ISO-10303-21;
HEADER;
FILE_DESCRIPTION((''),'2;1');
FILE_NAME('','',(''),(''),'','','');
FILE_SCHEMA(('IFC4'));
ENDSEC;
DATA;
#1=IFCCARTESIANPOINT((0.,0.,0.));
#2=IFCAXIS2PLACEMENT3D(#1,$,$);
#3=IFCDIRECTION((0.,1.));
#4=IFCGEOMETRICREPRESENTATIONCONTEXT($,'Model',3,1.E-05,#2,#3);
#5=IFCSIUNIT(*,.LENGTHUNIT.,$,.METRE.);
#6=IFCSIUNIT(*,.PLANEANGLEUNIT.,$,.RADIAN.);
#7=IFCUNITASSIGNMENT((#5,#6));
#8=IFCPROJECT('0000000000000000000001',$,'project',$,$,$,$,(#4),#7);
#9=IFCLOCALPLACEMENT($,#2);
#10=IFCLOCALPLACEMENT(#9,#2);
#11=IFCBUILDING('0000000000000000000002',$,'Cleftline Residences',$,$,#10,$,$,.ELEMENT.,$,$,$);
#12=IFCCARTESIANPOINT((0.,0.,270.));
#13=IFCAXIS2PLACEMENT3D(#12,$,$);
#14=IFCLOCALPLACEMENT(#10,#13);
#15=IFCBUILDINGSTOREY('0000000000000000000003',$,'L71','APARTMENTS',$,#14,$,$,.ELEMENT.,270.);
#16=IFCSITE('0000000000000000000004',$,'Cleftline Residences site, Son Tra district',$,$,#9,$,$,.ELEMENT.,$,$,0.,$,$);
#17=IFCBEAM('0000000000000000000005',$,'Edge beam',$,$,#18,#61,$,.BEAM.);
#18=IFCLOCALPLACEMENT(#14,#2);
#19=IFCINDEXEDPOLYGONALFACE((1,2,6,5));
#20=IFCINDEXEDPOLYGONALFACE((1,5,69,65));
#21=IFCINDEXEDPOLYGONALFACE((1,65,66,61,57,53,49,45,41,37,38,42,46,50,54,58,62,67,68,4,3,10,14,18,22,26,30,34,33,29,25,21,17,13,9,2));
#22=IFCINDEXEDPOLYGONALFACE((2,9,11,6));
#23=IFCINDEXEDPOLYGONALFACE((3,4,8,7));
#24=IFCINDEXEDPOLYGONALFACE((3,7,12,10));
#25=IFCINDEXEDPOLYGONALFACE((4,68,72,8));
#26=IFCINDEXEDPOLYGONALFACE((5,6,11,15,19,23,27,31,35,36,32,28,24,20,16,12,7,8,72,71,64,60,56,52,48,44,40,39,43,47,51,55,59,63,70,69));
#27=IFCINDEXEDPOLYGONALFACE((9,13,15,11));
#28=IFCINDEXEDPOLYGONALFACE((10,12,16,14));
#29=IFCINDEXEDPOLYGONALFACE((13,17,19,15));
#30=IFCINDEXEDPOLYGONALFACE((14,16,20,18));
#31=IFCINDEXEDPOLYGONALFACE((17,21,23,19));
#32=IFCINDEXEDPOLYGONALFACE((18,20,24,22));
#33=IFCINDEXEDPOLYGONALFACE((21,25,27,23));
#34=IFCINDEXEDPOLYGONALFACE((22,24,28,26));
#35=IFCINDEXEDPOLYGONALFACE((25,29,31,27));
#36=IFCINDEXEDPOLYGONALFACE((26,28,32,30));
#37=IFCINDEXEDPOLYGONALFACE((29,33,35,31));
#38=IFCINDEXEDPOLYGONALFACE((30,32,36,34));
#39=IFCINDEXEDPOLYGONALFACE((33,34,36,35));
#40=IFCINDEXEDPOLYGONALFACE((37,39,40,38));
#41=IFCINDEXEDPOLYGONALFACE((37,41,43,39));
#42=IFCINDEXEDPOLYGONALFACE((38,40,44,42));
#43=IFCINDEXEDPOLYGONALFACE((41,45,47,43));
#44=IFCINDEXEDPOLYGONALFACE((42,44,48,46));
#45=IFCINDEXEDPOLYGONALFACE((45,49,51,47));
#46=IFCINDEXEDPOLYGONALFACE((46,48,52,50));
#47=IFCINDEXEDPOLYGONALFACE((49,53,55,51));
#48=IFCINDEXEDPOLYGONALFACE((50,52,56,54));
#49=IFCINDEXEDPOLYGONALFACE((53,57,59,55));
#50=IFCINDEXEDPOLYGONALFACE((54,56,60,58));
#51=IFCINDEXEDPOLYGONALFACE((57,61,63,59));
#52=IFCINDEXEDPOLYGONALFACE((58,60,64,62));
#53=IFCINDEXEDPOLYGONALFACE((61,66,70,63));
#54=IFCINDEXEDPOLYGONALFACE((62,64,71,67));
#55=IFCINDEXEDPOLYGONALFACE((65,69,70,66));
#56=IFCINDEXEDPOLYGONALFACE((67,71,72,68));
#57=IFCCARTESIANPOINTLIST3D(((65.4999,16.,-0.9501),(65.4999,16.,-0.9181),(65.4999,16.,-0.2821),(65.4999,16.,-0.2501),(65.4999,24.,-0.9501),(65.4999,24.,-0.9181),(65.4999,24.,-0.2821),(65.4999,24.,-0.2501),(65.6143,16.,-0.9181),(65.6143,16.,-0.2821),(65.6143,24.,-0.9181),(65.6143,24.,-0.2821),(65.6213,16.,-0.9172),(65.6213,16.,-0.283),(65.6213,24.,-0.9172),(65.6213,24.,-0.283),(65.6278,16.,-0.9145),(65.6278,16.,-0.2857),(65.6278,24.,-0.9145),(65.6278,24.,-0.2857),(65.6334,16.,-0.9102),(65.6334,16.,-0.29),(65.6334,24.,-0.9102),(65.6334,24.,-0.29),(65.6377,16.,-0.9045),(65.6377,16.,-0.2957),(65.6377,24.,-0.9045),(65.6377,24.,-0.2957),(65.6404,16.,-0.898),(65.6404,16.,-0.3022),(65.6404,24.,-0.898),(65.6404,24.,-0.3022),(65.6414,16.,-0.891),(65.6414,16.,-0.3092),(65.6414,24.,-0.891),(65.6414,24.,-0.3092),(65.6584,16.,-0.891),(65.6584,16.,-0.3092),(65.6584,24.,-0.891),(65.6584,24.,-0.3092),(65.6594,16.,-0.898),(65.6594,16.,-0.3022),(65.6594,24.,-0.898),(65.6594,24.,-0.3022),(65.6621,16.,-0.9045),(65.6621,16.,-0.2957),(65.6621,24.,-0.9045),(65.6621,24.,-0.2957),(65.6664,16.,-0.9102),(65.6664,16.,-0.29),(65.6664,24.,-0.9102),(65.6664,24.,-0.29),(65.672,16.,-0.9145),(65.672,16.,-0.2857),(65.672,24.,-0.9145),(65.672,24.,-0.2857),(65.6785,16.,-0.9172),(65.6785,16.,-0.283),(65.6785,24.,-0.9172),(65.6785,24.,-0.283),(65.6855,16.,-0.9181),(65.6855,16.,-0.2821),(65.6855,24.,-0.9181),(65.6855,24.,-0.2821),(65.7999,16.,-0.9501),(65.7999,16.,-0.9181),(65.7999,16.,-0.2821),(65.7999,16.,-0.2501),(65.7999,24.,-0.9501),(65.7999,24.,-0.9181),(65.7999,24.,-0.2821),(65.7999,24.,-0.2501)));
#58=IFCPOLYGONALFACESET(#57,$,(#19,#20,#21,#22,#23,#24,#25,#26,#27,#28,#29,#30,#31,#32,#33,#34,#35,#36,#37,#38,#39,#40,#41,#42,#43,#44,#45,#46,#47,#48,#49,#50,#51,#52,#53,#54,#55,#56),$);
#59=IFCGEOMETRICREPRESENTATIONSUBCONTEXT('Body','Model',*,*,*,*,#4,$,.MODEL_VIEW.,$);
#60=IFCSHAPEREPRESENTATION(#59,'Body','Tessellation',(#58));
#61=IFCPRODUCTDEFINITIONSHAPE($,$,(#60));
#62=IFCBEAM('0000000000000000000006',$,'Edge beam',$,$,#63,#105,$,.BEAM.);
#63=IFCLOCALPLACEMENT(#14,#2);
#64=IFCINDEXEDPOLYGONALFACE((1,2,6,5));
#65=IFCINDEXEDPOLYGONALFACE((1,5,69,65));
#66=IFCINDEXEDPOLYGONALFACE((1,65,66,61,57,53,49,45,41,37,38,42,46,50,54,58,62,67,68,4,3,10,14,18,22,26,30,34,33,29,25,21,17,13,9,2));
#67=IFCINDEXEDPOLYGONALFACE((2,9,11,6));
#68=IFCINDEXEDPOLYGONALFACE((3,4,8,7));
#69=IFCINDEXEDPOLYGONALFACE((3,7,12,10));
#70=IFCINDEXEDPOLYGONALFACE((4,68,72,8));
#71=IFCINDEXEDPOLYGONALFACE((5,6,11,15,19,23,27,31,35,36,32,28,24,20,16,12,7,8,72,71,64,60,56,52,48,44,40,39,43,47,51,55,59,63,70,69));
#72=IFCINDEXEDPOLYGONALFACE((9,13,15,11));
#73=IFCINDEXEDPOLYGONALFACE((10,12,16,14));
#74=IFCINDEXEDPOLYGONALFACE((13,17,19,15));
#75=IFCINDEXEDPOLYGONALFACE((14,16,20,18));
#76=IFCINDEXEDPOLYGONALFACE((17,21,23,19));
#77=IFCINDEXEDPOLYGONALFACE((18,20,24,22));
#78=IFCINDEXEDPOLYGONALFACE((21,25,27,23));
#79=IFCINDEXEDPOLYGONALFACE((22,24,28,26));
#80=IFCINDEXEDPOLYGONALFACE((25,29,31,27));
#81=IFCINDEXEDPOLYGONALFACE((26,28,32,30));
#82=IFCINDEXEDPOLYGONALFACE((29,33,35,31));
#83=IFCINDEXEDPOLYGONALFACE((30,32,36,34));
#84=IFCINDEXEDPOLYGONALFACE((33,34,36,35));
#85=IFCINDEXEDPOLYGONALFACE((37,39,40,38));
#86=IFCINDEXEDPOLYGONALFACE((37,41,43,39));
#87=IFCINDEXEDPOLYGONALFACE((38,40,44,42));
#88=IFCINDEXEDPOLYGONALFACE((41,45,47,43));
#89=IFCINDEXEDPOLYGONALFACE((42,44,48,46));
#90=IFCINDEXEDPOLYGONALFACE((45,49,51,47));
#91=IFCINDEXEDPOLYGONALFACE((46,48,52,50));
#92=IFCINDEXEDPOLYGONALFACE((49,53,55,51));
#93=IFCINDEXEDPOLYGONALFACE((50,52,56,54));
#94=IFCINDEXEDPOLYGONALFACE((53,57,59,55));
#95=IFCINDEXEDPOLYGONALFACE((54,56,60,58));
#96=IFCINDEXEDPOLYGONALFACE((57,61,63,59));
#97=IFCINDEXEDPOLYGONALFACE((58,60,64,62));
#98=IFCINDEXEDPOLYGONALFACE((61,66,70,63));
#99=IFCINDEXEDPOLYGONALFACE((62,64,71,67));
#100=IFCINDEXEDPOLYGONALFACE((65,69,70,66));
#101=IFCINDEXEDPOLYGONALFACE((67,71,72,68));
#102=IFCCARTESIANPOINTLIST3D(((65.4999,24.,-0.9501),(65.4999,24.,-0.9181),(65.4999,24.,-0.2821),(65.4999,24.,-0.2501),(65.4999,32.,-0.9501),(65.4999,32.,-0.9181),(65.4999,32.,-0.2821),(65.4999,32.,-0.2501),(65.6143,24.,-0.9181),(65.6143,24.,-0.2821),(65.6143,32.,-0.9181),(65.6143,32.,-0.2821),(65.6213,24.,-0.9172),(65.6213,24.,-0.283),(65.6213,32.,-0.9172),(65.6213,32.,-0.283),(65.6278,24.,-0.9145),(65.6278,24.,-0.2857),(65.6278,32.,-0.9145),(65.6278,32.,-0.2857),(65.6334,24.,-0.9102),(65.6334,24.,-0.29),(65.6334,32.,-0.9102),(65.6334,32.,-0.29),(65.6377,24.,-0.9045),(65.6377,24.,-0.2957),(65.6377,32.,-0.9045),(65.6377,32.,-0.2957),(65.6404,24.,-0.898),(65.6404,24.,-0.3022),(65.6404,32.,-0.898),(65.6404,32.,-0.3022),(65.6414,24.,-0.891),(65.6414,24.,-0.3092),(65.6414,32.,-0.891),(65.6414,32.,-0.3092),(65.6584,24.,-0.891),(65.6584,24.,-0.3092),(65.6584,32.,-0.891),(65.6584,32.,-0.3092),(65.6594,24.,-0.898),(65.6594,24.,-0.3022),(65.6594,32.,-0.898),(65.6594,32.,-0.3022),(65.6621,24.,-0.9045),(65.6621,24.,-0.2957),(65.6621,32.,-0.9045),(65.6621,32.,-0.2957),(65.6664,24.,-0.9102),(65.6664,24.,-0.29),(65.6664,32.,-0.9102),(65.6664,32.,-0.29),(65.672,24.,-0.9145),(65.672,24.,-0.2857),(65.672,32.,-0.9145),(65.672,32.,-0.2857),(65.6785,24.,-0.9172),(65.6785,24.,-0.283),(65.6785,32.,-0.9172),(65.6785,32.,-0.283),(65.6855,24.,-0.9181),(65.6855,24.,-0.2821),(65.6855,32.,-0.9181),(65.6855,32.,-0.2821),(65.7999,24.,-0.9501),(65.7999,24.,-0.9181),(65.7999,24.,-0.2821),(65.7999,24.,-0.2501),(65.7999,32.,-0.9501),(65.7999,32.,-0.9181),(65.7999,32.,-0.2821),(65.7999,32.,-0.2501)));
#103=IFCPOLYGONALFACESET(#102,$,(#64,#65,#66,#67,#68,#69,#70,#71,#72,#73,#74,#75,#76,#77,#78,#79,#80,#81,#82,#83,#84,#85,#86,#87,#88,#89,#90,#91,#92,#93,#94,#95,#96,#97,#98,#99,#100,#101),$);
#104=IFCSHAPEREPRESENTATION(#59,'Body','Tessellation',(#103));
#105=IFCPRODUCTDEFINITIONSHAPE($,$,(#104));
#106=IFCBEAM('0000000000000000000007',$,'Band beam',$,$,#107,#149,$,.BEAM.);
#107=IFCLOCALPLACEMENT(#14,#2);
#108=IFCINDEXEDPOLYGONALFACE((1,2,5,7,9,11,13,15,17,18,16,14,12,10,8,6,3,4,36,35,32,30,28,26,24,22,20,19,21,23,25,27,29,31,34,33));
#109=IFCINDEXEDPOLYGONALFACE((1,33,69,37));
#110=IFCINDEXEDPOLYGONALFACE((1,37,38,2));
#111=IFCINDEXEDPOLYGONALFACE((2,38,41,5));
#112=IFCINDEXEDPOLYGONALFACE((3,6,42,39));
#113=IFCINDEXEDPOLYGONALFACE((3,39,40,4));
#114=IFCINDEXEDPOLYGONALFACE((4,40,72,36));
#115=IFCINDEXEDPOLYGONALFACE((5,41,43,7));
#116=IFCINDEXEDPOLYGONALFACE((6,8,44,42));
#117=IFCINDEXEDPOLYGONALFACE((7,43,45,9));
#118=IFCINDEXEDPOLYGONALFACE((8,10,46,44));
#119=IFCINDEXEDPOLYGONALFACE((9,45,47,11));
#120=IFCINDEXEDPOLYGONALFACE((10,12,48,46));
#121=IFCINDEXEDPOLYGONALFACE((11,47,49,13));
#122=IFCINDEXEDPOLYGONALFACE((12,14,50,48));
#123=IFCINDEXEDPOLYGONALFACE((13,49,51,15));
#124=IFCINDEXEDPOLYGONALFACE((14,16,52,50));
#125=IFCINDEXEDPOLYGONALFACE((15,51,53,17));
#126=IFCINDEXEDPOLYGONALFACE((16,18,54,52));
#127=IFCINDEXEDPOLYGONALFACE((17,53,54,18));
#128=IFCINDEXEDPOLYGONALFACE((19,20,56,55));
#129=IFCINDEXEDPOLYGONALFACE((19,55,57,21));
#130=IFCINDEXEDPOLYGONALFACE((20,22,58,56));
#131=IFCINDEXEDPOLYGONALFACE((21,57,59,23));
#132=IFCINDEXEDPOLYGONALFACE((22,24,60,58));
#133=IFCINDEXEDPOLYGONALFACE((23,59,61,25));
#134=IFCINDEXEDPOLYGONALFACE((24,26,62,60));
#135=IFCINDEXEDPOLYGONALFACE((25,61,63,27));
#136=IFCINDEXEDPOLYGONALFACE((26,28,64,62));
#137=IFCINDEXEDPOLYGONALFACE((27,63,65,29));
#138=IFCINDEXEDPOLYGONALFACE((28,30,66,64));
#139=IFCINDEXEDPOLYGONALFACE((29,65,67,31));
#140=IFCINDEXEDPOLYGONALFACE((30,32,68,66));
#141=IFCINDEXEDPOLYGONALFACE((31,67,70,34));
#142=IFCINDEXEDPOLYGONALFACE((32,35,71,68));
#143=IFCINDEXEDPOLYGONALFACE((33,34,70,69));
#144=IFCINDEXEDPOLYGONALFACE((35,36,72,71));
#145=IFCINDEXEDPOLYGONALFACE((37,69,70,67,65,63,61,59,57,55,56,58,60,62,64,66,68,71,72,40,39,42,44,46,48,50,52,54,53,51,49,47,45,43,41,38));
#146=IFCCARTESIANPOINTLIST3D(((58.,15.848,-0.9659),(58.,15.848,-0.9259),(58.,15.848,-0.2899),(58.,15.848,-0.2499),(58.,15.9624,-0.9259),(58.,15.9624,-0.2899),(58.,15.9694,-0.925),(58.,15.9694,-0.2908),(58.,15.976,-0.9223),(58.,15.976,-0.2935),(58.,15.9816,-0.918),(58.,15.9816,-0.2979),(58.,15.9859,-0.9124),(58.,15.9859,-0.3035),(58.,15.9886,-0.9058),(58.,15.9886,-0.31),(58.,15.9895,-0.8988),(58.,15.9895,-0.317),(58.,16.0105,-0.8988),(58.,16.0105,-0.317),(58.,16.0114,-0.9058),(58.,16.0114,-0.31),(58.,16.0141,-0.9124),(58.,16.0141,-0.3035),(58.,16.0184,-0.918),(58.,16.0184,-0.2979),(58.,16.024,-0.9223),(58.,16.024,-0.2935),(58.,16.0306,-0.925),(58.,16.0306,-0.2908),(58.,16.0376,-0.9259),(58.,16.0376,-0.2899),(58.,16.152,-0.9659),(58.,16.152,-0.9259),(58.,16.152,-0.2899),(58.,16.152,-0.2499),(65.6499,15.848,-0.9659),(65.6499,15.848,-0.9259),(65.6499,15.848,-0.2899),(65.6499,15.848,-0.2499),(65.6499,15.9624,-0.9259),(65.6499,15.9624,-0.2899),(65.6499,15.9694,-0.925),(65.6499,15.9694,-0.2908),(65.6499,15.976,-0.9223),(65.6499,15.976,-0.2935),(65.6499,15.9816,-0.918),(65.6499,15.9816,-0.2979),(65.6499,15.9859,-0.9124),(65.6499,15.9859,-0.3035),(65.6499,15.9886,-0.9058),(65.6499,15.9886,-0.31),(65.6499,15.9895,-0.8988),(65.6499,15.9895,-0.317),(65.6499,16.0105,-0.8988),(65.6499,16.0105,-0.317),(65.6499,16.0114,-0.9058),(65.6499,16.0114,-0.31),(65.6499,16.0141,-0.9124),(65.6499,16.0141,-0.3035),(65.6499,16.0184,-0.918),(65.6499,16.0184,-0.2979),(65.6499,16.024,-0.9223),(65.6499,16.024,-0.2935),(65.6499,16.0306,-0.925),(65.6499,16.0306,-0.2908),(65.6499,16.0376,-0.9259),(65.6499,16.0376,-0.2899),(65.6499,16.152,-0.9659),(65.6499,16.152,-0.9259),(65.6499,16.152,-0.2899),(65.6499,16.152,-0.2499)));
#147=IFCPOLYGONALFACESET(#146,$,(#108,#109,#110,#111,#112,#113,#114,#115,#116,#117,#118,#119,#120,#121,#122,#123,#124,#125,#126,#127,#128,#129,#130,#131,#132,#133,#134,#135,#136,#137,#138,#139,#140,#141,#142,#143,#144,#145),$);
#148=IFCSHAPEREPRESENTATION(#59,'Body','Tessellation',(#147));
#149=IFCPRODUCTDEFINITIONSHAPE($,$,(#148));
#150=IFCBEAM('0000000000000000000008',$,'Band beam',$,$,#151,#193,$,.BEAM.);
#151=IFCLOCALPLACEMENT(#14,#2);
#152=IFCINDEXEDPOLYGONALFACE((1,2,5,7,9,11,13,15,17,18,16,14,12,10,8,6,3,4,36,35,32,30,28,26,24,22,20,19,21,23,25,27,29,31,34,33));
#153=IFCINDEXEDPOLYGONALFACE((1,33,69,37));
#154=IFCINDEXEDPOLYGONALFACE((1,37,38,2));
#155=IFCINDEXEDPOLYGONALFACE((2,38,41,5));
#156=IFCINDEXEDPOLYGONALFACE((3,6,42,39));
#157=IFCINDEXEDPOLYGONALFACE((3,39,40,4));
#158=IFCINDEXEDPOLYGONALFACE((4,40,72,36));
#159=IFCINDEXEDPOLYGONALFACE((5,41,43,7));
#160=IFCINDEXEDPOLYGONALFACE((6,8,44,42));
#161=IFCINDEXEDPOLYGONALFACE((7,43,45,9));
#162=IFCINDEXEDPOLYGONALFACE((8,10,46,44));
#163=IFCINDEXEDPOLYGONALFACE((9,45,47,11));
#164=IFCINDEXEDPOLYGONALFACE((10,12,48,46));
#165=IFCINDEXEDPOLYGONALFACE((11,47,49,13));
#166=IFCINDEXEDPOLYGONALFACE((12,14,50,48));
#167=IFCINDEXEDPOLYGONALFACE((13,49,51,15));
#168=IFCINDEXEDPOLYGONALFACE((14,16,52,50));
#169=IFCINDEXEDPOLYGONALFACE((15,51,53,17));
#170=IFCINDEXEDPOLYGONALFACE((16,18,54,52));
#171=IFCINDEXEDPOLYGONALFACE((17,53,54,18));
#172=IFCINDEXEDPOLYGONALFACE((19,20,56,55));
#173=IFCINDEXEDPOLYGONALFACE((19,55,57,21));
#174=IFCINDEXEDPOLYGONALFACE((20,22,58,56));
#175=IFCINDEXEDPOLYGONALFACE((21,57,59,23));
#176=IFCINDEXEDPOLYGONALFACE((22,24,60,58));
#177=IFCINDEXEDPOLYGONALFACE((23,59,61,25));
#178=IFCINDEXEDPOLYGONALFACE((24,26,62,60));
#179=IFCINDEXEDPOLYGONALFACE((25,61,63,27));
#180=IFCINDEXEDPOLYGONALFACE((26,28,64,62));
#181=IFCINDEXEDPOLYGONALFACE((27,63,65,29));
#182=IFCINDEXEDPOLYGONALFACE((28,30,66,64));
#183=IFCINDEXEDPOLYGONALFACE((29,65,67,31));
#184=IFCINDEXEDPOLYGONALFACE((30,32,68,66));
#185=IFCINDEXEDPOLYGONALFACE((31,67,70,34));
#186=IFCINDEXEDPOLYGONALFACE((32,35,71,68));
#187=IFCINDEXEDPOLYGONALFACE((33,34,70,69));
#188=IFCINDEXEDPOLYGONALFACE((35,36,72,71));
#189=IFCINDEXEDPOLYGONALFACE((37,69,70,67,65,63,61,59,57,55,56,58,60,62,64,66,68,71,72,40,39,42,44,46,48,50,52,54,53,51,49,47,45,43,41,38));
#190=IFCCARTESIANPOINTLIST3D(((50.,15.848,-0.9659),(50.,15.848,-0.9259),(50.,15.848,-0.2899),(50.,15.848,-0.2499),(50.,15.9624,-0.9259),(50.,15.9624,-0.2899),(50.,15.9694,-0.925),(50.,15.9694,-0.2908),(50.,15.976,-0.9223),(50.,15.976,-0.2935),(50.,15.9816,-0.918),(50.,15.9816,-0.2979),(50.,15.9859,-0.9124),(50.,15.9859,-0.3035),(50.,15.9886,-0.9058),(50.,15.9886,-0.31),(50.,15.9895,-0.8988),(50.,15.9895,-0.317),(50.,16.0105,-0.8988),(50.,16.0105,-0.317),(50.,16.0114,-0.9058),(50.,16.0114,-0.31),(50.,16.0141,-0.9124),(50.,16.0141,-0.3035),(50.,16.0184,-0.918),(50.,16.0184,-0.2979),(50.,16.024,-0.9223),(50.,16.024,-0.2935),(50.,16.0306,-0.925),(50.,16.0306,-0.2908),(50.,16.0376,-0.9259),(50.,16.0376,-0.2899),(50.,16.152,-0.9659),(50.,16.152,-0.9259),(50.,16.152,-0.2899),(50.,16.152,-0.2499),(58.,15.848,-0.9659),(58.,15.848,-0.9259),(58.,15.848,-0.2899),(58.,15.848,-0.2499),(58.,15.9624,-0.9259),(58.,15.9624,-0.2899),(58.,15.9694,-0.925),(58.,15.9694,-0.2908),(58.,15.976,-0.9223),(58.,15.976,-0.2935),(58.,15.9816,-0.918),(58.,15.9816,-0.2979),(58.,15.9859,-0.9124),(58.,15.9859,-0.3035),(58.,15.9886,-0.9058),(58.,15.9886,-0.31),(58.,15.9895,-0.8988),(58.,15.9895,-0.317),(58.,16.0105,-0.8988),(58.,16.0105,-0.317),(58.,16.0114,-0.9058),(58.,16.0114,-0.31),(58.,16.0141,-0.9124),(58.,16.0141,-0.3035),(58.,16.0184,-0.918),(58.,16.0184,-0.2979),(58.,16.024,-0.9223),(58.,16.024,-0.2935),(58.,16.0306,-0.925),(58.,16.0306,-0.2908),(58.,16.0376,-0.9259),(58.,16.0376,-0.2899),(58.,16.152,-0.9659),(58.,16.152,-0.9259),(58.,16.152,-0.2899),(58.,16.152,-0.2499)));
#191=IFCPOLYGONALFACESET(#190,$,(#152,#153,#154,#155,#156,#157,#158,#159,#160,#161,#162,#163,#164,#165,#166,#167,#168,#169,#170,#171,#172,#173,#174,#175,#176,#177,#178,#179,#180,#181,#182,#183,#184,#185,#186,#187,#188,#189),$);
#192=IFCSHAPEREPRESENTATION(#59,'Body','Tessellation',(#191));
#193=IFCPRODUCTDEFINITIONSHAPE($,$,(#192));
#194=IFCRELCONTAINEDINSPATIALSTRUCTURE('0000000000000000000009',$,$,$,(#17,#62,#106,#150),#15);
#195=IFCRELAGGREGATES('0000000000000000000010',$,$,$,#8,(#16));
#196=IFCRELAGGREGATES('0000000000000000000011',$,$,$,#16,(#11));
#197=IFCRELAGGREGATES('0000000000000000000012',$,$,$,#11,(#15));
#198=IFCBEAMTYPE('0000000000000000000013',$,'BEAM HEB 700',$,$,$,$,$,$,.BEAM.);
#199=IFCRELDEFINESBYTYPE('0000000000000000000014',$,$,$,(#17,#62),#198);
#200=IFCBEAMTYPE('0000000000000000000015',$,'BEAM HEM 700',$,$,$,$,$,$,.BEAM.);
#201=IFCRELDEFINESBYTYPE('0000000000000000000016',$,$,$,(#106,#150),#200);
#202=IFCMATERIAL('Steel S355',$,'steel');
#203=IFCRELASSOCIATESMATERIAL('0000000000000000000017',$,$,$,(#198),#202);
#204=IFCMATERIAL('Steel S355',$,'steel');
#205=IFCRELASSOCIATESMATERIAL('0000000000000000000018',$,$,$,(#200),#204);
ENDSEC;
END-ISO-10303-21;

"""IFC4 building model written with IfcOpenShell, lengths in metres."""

from ifc_helpers import new_model, si_unit, direction, frame, origin, origin_2d, place, context, subcontext, project, spatial, i_section, extrude, material, material_profile, profile_set, type_object, element, save


model = new_model("IFC4")

# Units and contexts
model_context = context("Model", 3, precision=1e-05, world=origin(), true_north=direction((0.0, 1.0)))
body_context = subcontext(model_context, "Body", "Model", "MODEL_VIEW")
ifc_project = project(units=[si_unit("LENGTHUNIT", "METRE"), si_unit("PLANEANGLEUNIT", "RADIAN")], contexts=[model_context])

# Site, building, storey
site_placement = place(None, origin())
site = spatial("IfcSite", under=ifc_project, at=site_placement, Name="Cleftline Residences site, Son Tra district", CompositionType="ELEMENT", RefElevation=0.0)
building_placement = place(site_placement, origin())
building = spatial("IfcBuilding", under=site, at=building_placement, Name="Cleftline Residences", CompositionType="ELEMENT")
storey_placement = place(building_placement, frame((0.0, 0.0, 270.0)))
storey = spatial("IfcBuildingStorey", under=building, at=storey_placement, Name="L71", Description="APARTMENTS", CompositionType="ELEMENT", Elevation=270.0)

# Beams
ifc_material_1 = material(Name="Steel S355", Category="steel")
ifc_material_profile_1 = material_profile(ifc_material_1, i_section(OverallWidth=0.3, OverallDepth=0.7, WebThickness=0.0171, FlangeThickness=0.032, FilletRadius=0.0271, at=origin_2d()))
ifc_profile_set_1 = profile_set([ifc_material_profile_1], Name="Steel S355")
beam_type_1 = type_object("IfcBeamType", Name="BEAM HEB 700", PredefinedType="BEAM", material=ifc_profile_set_1)
for number, where, z_axis, x_axis, name in (
    (1, (65.6499, 16.0, -0.6001), (0.0, 1.0, 0.0), (-1.0, 0.0, 0.0), "Edge beam"),
    (2, (65.6499, 24.0, -0.6001), (0.0, 1.0, 0.0), (-1.0, 0.0, 0.0), "Edge beam"),
):
    element("IfcBeam", number, at=place(storey_placement, frame(where, z_axis=z_axis, x_axis=x_axis)), inside=storey, type_object=beam_type_1, Name=name, PredefinedType="BEAM", context=body_context, shape_type="SweptSolid", body=[
        extrude(i_section(OverallWidth=0.3, OverallDepth=0.7, WebThickness=0.0171, FlangeThickness=0.032, FilletRadius=0.0271, at=origin_2d()), origin(), (0.0, 0.0, 1.0), 8.0),
    ])
ifc_material_2 = material(Name="Steel S355", Category="steel")
ifc_material_profile_2 = material_profile(ifc_material_2, i_section(OverallWidth=0.304, OverallDepth=0.7161, WebThickness=0.021, FlangeThickness=0.04, FilletRadius=0.0271, at=origin_2d()))
ifc_profile_set_2 = profile_set([ifc_material_profile_2], Name="Steel S355")
beam_type_2 = type_object("IfcBeamType", Name="BEAM HEM 700", PredefinedType="BEAM", material=ifc_profile_set_2)
beam_1_placement = place(storey_placement, frame((65.6499, 16.0, -0.6079), z_axis=(-1.0, 0.0, 0.0), x_axis=(0.0, -1.0, 0.0)))
element("IfcBeam", 3, at=beam_1_placement, inside=storey, type_object=beam_type_2, Name="Band beam", PredefinedType="BEAM", context=body_context, shape_type="SweptSolid", body=[
    extrude(i_section(OverallWidth=0.304, OverallDepth=0.7161, WebThickness=0.021, FlangeThickness=0.04, FilletRadius=0.0271, at=origin_2d()), origin(), (0.0, 0.0, 1.0), 7.6499),
])
beam_2_placement = place(storey_placement, frame((58.0, 16.0, -0.6079), z_axis=(-1.0, 0.0, 0.0), x_axis=(0.0, -1.0, 0.0)))
element("IfcBeam", 4, at=beam_2_placement, inside=storey, type_object=beam_type_2, Name="Band beam", PredefinedType="BEAM", context=body_context, shape_type="SweptSolid", body=[
    extrude(i_section(OverallWidth=0.304, OverallDepth=0.7161, WebThickness=0.021, FlangeThickness=0.04, FilletRadius=0.0271, at=origin_2d()), origin(), (0.0, 0.0, 1.0), 8.0),
])

save(model, "model.ifc")
